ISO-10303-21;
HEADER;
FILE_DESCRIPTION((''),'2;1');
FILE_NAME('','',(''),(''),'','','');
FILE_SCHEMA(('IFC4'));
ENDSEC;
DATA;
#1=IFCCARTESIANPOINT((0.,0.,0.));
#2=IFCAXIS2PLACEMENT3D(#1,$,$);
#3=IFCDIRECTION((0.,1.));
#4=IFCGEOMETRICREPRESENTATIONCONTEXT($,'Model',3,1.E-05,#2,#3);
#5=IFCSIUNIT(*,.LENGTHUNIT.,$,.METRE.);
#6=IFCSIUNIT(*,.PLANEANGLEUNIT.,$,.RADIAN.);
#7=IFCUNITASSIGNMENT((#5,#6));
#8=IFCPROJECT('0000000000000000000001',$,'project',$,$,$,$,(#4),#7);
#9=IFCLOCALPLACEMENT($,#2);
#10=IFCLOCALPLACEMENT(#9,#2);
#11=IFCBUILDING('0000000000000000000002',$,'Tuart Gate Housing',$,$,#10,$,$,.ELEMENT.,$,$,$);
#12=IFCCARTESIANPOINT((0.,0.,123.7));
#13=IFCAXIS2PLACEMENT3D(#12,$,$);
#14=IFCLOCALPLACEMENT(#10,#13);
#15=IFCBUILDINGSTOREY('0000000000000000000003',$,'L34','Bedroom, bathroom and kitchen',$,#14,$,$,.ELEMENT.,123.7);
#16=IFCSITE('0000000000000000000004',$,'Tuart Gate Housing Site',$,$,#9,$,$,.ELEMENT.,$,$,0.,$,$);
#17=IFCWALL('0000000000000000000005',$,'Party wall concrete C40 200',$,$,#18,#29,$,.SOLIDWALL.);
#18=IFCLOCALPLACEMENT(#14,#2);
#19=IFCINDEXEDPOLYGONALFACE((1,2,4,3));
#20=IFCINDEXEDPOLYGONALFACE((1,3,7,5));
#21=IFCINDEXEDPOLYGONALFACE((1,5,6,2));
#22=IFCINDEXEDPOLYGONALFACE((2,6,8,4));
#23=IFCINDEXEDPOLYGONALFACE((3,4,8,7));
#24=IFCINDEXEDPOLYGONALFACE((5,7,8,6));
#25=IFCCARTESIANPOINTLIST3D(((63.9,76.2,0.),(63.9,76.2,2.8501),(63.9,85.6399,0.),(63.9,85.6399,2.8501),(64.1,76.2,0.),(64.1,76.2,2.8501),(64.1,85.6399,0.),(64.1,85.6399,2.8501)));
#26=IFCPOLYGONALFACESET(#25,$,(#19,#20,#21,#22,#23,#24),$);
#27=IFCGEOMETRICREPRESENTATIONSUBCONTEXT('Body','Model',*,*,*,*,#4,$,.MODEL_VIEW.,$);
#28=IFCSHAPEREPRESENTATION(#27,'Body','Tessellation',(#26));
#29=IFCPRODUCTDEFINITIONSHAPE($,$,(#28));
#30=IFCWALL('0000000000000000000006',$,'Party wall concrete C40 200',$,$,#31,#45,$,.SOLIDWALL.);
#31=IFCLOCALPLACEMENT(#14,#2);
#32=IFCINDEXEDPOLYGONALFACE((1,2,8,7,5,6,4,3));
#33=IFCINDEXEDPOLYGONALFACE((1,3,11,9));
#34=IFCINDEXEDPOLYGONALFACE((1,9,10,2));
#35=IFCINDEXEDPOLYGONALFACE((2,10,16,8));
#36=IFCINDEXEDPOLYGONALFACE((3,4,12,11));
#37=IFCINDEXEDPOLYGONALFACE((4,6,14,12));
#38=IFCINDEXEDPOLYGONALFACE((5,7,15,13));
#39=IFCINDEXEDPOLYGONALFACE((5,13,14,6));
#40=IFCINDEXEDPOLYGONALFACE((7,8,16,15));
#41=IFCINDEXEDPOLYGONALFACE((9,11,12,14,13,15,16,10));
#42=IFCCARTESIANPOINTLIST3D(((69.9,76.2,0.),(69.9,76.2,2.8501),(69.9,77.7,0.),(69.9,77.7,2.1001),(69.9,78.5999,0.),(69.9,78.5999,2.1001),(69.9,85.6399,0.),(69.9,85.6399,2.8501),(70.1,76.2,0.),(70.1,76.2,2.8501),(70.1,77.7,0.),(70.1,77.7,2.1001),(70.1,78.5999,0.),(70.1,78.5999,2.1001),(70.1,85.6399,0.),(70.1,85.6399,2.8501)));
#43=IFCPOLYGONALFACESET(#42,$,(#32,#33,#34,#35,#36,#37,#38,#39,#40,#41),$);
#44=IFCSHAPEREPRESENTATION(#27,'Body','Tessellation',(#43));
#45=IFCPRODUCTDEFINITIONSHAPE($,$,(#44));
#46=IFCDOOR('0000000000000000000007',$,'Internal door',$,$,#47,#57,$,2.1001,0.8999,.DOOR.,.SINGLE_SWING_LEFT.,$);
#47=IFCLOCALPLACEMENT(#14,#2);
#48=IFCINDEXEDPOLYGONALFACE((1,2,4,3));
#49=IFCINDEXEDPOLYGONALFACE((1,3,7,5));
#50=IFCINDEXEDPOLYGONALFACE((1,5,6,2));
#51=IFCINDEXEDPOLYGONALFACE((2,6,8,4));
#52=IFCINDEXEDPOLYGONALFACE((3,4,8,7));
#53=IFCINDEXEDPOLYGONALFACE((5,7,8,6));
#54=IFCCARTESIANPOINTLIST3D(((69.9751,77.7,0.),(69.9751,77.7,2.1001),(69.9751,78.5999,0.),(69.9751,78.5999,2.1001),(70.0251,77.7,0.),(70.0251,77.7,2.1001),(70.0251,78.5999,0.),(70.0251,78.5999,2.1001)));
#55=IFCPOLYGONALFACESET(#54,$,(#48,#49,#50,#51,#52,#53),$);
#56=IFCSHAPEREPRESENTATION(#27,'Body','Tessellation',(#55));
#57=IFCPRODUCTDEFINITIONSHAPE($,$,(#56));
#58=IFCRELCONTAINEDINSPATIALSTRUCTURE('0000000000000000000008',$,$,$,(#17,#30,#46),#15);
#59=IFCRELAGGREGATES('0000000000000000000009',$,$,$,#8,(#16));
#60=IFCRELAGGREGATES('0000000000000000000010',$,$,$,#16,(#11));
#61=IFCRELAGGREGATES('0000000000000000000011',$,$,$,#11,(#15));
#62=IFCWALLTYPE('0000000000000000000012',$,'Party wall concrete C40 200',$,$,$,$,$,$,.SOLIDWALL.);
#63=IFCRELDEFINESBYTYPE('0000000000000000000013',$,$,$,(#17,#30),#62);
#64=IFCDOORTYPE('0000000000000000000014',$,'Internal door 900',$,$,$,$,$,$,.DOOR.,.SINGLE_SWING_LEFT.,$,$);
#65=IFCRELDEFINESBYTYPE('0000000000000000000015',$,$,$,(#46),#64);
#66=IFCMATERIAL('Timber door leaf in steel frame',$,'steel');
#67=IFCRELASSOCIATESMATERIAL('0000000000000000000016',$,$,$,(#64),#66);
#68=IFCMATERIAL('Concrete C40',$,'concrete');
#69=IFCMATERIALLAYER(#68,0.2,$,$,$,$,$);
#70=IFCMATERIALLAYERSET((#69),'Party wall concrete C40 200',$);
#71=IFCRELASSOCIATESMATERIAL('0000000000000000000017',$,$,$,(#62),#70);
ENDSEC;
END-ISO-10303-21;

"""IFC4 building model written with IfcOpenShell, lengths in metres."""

from ifc_helpers import new_model, si_unit, direction, frame, frame_2d, origin, place, context, subcontext, project, spatial, rectangle, extrude, material, layer, layer_set, type_object, element, fill, save


model = new_model("IFC4")

# Units and contexts
model_context = context("Model", 3, precision=1e-05, world=origin(), true_north=direction((0.0, 1.0)))
body_context = subcontext(model_context, "Body", "Model", "MODEL_VIEW")
ifc_project = project(units=[si_unit("LENGTHUNIT", "METRE"), si_unit("PLANEANGLEUNIT", "RADIAN")], contexts=[model_context])

# Site, building, storey
site_placement = place(None, origin())
site = spatial("IfcSite", under=ifc_project, at=site_placement, Name="Tuart Gate Housing Site", CompositionType="ELEMENT", RefElevation=0.0)
building_placement = place(site_placement, origin())
building = spatial("IfcBuilding", under=site, at=building_placement, Name="Tuart Gate Housing", CompositionType="ELEMENT")
storey_placement = place(building_placement, frame((0.0, 0.0, 123.7)))
storey = spatial("IfcBuildingStorey", under=building, at=storey_placement, Name="L34", Description="Bedroom, bathroom and kitchen", CompositionType="ELEMENT", Elevation=123.7)

# Shared definitions
ifc_material_1 = material(Name="Timber door leaf in steel frame", Category="steel")
door_type_1 = type_object("IfcDoorType", Name="Internal door 900", OperationType="SINGLE_SWING_LEFT", PredefinedType="DOOR", material=ifc_material_1)

# Shared definitions
ifc_material_2 = material(Name="Concrete C40", Category="concrete")
ifc_layer_1 = layer(ifc_material_2, 0.2)
ifc_layer_set_1 = layer_set([ifc_layer_1], Name="Party wall concrete C40 200")
wall_type_1 = type_object("IfcWallType", Name="Party wall concrete C40 200", PredefinedType="SOLIDWALL", material=ifc_layer_set_1)

# Wall
wall_1_placement = place(storey_placement, frame((64.0, 76.2, 0.0), z_axis=(0.0, 0.0, 1.0), x_axis=(0.0, 1.0, 0.0)))
element("IfcWall", 1, at=wall_1_placement, inside=storey, type_object=wall_type_1, Name="Party wall concrete C40 200", PredefinedType="SOLIDWALL", context=body_context, shape_type="SweptSolid", body=[
    extrude(rectangle(XDim=9.4399, YDim=0.2, at=frame_2d((4.72, 0.0))), origin(), (0.0, 0.0, 1.0), 2.8501),
])

# Wall, opening, door
wall_2_placement = place(storey_placement, frame((70.0, 76.2, 0.0), z_axis=(0.0, 0.0, 1.0), x_axis=(0.0, 1.0, 0.0)))
wall_2 = element("IfcWall", 2, at=wall_2_placement, inside=storey, type_object=wall_type_1, Name="Party wall concrete C40 200", PredefinedType="SOLIDWALL", context=body_context, shape_type="SweptSolid", body=[
    extrude(rectangle(XDim=9.4399, YDim=0.2, at=frame_2d((4.72, 0.0))), origin(), (0.0, 0.0, 1.0), 2.8501),
])
opening_1_placement = place(wall_2_placement, frame((1.5, 0.0, 0.0)))
opening_1 = element("IfcOpeningElement", 3, at=opening_1_placement, cuts=wall_2, PredefinedType="OPENING", context=body_context, shape_type="SweptSolid", body=[
    extrude(rectangle(XDim=0.8999, YDim=2.1001, at=frame_2d((0.45, 1.05))), frame((0.0, 0.1099, 0.0), z_axis=(0.0, -1.0, 0.0), x_axis=(1.0, 0.0, 0.0)), (0.0, 0.0, 1.0), 0.22),
])
door_1_placement = place(opening_1_placement, origin())
door_1 = element("IfcDoor", 4, at=door_1_placement, inside=storey, type_object=door_type_1, Name="Internal door", OperationType="SINGLE_SWING_LEFT", OverallHeight=2.1001, OverallWidth=0.8999, PredefinedType="DOOR", context=body_context, shape_type="SweptSolid", body=[
    extrude(rectangle(XDim=0.8999, YDim=2.1001, at=frame_2d((0.45, 1.05))), frame((0.0, 0.0249, 0.0), z_axis=(0.0, -1.0, 0.0), x_axis=(1.0, 0.0, 0.0)), (0.0, 0.0, 1.0), 0.05),
])
fill(opening_1, door_1)

save(model, "model.ifc")
